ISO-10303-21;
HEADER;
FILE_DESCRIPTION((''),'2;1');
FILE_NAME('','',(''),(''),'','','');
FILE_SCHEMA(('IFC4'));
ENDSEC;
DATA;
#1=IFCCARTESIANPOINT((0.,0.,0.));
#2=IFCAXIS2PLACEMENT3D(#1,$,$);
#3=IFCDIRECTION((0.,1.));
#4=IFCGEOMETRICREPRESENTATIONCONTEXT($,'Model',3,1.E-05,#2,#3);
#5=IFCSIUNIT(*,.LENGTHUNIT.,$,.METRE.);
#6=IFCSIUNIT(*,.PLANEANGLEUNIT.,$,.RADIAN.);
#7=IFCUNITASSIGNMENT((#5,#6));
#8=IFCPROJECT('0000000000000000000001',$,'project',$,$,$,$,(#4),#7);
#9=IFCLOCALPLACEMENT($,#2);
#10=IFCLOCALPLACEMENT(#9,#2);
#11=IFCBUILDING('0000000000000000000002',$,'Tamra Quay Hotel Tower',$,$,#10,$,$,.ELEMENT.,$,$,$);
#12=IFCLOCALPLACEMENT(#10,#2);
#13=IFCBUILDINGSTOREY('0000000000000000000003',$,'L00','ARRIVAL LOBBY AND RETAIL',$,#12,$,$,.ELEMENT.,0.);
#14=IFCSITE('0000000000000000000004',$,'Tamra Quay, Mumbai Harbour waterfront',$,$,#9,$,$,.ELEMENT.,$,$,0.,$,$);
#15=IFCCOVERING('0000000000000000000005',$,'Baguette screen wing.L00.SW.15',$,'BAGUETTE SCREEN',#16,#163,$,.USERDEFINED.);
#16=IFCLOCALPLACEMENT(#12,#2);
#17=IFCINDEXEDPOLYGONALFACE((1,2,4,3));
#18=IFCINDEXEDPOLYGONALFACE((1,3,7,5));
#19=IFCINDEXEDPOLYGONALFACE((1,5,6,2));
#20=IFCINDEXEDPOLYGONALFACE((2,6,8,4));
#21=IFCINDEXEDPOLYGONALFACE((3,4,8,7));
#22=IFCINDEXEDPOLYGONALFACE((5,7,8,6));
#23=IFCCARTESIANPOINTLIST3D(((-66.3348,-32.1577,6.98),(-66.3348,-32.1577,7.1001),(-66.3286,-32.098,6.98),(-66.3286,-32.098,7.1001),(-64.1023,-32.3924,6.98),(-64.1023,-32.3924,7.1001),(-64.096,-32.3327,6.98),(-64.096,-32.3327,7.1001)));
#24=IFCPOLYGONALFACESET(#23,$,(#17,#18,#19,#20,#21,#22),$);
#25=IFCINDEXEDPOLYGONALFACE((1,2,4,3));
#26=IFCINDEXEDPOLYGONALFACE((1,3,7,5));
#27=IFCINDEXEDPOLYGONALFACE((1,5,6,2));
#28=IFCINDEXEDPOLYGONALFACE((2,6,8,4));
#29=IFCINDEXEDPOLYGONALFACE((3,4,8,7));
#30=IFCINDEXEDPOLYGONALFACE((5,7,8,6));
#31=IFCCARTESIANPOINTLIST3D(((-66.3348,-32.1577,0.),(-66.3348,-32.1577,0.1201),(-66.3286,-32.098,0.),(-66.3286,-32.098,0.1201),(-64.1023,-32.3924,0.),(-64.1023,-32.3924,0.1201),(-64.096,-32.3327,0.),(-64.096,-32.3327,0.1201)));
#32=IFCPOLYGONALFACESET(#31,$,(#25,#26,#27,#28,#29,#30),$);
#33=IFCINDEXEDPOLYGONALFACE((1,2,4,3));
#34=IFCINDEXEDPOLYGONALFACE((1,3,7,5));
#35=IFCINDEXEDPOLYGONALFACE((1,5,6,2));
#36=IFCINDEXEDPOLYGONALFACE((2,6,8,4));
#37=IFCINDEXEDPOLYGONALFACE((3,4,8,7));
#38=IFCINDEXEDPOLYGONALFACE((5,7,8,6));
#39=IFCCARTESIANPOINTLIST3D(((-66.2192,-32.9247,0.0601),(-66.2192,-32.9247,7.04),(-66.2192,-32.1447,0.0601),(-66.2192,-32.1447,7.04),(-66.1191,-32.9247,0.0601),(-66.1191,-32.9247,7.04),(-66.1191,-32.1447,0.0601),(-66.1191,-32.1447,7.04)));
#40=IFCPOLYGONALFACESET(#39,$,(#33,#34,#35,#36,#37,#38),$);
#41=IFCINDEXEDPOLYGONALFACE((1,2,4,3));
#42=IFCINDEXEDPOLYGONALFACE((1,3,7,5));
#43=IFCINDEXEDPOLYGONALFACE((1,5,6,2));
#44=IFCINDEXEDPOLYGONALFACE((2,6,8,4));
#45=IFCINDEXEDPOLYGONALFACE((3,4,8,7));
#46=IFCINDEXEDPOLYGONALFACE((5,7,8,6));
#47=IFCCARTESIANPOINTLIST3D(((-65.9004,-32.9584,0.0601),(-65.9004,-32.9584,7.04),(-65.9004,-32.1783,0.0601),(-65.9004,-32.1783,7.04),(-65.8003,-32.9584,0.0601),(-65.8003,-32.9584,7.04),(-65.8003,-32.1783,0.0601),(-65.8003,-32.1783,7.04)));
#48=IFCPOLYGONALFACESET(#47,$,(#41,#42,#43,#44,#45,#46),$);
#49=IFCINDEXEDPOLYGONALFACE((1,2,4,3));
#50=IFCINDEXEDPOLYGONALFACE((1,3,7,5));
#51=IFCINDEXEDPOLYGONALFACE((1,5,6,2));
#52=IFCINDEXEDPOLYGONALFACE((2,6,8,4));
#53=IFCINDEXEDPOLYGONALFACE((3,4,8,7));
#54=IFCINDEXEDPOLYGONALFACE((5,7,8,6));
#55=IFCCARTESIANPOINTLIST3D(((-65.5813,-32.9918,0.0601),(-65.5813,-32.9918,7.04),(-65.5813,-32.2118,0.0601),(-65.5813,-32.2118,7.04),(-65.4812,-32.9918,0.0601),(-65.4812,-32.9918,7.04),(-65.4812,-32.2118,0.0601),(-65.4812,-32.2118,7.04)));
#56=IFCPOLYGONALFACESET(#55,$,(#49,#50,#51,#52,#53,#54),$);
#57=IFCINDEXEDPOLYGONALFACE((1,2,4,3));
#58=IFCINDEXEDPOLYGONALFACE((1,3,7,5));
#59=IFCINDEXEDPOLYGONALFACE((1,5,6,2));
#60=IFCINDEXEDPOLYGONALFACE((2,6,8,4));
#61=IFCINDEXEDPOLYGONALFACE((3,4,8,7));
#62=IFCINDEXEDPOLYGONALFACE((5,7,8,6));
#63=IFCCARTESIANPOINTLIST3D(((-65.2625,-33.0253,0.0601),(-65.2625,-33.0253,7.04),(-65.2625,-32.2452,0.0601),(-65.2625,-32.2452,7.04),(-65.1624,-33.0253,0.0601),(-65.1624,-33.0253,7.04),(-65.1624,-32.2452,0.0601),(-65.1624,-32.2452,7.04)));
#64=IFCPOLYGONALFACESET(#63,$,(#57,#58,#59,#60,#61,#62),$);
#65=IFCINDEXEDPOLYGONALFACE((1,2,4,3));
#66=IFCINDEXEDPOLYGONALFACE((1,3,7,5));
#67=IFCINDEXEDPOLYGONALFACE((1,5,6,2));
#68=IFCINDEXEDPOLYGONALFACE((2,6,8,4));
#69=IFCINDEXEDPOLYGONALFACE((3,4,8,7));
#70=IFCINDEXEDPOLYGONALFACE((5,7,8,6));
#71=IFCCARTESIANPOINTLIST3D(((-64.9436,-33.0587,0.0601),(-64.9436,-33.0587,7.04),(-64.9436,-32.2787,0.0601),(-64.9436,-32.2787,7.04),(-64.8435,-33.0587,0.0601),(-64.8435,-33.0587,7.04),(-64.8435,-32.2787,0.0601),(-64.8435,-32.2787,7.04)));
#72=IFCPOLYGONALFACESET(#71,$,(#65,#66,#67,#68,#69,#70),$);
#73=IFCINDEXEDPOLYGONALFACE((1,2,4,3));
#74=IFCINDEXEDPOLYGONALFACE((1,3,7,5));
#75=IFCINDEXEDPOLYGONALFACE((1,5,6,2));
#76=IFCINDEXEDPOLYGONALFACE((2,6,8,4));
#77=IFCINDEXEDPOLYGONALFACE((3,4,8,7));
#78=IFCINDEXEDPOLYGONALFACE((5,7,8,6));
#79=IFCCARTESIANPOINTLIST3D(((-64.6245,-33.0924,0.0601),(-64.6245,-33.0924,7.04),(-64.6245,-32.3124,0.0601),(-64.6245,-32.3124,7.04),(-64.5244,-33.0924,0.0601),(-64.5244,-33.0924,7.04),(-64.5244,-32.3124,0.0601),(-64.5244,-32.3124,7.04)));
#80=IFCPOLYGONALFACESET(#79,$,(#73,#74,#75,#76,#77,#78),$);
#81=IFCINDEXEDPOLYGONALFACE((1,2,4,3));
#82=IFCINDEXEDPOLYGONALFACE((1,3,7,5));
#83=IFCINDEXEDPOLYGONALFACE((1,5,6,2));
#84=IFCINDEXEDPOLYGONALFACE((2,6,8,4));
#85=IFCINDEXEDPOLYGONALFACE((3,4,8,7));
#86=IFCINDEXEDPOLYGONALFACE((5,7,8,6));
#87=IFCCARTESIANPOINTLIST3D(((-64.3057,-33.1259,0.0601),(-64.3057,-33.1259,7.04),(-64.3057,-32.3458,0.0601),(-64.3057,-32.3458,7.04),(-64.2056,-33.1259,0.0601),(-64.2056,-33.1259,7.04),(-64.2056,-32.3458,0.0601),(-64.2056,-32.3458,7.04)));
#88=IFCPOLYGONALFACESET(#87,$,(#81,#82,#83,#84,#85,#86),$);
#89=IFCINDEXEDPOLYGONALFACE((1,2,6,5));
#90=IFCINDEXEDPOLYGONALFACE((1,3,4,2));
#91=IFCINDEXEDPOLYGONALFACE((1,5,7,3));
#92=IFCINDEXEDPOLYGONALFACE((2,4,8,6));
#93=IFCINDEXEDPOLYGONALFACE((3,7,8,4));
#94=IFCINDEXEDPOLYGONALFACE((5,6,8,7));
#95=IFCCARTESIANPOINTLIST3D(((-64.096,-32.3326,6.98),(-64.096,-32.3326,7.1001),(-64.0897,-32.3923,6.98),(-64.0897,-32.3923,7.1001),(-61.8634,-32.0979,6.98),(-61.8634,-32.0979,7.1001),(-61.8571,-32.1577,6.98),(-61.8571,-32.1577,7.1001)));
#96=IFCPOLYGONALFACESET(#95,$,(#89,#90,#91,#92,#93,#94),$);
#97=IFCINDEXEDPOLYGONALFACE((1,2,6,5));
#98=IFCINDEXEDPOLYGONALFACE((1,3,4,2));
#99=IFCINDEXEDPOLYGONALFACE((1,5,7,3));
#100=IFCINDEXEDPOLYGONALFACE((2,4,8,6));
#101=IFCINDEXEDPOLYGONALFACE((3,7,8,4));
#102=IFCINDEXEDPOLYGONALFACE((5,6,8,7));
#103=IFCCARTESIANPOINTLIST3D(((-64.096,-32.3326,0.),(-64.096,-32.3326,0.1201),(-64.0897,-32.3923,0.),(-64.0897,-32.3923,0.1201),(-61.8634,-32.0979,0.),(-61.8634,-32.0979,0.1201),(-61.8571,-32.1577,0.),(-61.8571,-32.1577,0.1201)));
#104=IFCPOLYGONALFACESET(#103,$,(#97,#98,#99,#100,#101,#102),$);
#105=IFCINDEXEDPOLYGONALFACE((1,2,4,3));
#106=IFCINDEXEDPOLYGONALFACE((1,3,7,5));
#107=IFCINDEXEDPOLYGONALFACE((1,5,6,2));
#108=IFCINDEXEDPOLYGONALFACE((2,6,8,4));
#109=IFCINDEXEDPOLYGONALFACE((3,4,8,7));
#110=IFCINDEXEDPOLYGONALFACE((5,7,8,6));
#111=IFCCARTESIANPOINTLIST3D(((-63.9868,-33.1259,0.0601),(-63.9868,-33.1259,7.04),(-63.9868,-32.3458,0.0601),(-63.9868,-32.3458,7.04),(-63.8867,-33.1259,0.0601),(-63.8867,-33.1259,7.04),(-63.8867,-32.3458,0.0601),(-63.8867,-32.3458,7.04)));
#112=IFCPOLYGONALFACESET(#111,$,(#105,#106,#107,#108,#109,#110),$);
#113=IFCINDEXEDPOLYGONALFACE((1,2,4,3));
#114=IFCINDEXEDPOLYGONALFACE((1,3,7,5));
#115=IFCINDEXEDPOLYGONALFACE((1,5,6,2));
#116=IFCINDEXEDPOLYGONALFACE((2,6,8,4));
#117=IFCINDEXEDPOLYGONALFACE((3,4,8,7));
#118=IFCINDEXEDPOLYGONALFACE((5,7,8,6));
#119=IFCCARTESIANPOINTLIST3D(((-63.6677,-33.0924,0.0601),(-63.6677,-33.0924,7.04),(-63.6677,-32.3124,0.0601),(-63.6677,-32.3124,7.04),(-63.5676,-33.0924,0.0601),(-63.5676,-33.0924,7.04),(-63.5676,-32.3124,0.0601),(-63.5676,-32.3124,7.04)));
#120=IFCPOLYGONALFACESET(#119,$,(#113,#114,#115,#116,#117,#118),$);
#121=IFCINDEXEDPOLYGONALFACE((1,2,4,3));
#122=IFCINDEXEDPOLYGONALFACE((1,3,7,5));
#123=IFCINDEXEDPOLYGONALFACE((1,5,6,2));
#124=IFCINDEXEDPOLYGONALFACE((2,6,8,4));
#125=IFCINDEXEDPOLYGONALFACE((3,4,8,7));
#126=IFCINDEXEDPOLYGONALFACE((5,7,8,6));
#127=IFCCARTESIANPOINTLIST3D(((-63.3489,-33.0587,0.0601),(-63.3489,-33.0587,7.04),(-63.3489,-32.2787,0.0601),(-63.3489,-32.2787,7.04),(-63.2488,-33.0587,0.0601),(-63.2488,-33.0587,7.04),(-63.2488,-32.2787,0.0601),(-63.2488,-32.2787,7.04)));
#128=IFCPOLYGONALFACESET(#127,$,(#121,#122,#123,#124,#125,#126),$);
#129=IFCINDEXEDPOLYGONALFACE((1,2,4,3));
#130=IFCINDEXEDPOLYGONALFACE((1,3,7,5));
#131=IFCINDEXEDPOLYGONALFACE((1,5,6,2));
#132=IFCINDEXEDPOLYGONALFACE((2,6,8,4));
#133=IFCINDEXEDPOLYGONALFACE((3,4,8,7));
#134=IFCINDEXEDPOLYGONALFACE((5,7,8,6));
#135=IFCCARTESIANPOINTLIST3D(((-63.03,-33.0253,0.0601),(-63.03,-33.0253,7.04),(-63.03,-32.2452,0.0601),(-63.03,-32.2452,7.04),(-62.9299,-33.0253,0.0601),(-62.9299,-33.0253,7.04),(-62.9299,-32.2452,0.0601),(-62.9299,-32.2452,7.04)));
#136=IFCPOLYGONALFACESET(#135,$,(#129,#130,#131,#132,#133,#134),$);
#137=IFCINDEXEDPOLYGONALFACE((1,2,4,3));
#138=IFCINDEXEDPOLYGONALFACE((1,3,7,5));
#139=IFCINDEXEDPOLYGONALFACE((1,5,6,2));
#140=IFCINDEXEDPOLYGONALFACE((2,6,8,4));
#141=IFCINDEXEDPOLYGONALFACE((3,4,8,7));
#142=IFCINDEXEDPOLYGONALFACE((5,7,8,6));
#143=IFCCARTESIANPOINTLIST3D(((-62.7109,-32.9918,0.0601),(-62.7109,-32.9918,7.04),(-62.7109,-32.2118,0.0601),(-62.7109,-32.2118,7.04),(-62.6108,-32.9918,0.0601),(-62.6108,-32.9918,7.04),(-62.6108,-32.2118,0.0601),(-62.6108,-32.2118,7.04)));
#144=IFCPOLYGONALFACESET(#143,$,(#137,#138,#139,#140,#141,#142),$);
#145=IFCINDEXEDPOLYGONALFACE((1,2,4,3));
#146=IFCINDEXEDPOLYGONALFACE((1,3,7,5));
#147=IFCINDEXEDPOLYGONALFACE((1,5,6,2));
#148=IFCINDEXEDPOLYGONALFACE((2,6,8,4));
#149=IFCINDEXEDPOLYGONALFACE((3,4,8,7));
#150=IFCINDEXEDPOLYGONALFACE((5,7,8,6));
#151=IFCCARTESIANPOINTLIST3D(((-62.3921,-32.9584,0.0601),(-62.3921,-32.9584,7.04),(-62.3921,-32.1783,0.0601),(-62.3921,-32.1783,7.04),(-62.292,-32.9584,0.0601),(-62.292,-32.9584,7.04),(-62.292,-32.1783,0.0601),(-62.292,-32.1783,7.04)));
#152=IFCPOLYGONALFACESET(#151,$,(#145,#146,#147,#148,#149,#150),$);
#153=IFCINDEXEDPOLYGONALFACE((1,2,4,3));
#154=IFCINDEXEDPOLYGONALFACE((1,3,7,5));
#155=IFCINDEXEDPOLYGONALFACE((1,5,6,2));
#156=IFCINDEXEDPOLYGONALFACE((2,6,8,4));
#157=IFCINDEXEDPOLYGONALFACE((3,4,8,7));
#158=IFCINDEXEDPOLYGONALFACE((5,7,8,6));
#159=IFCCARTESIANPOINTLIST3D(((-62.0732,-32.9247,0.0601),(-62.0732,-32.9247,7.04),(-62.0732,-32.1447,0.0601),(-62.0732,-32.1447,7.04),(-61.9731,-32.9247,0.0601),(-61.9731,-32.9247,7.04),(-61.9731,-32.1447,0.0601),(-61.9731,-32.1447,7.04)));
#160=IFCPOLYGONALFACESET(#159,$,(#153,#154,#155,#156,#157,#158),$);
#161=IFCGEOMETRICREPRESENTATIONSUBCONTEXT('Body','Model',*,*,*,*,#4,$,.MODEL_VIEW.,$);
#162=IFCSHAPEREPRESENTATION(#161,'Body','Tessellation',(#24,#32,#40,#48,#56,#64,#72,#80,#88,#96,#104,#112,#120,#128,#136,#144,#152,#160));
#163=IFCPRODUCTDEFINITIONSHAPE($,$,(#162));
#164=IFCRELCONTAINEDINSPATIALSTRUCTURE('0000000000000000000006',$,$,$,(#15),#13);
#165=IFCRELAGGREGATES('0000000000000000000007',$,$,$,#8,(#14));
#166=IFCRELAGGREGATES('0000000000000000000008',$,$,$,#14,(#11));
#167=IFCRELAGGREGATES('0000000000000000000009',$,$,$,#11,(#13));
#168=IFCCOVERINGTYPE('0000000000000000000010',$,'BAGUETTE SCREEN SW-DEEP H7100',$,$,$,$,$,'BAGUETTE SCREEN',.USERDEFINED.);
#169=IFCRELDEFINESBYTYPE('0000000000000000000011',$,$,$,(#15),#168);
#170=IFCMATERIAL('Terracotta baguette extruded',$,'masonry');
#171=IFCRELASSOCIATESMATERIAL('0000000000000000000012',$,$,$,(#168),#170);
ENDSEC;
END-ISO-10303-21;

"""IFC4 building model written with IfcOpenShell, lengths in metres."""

from ifc_helpers import new_model, si_unit, direction, frame, frame_2d, origin, place, context, subcontext, project, spatial, rectangle, extrude, source, transform, mapped, material, type_object, element, save


model = new_model("IFC4")

# Units and contexts
model_context = context("Model", 3, precision=1e-05, world=origin(), true_north=direction((0.0, 1.0)))
body_context = subcontext(model_context, "Body", "Model", "MODEL_VIEW")
ifc_project = project(units=[si_unit("LENGTHUNIT", "METRE"), si_unit("PLANEANGLEUNIT", "RADIAN")], contexts=[model_context])

# Site, building, storey
site_placement = place(None, origin())
site = spatial("IfcSite", under=ifc_project, at=site_placement, Name="Tamra Quay, Mumbai Harbour waterfront", CompositionType="ELEMENT", RefElevation=0.0)
building_placement = place(site_placement, origin())
building = spatial("IfcBuilding", under=site, at=building_placement, Name="Tamra Quay Hotel Tower", CompositionType="ELEMENT")
storey_placement = place(building_placement, origin())
storey = spatial("IfcBuildingStorey", under=building, at=storey_placement, Name="L00", Description="ARRIVAL LOBBY AND RETAIL", CompositionType="ELEMENT", Elevation=0.0)

# Covering
ifc_material_1 = material(Name="Terracotta baguette extruded", Category="masonry")
covering_type_1 = type_object("IfcCoveringType", Name="BAGUETTE SCREEN SW-DEEP H7100", ElementType="BAGUETTE SCREEN", PredefinedType="USERDEFINED", material=ifc_material_1)
shared_shape_1 = source(origin(), body_context, "Body", "SweptSolid", [
    extrude(rectangle(XDim=2.2449, YDim=0.0601, at=frame_2d((1.1226, 0.03))), frame((-2.2388, -0.0576, -0.1201), z_axis=(0.0, 0.0, 1.0), x_axis=(0.994522, -0.104528, 0.0)), (0.0, 0.0, 1.0), 0.1201),
    extrude(rectangle(XDim=2.2449, YDim=0.0601, at=frame_2d((1.1226, 0.03))), frame((-2.2388, -0.0576, -7.1001), z_axis=(0.0, 0.0, 1.0), x_axis=(0.994522, -0.104528, 0.0)), (0.0, 0.0, 1.0), 0.1201),
    extrude(rectangle(XDim=0.1001, YDim=0.78, at=frame_2d((0.05, 0.3901))), frame((-2.123, -0.8247, -7.04)), (0.0, 0.0, 1.0), 6.98),
    extrude(rectangle(XDim=0.1001, YDim=0.78, at=frame_2d((0.05, 0.3901))), frame((-1.8042, -0.8584, -7.04)), (0.0, 0.0, 1.0), 6.98),
    extrude(rectangle(XDim=0.1001, YDim=0.78, at=frame_2d((0.05, 0.3901))), frame((-1.4851, -0.8918, -7.04)), (0.0, 0.0, 1.0), 6.98),
    extrude(rectangle(XDim=0.1001, YDim=0.78, at=frame_2d((0.05, 0.3901))), frame((-1.1663, -0.9253, -7.04)), (0.0, 0.0, 1.0), 6.98),
    extrude(rectangle(XDim=0.1001, YDim=0.78, at=frame_2d((0.05, 0.3901))), frame((-0.8474, -0.9587, -7.04)), (0.0, 0.0, 1.0), 6.98),
    extrude(rectangle(XDim=0.1001, YDim=0.78, at=frame_2d((0.05, 0.3901))), frame((-0.5283, -0.9924, -7.04)), (0.0, 0.0, 1.0), 6.98),
    extrude(rectangle(XDim=0.1001, YDim=0.78, at=frame_2d((0.05, 0.3901))), frame((-0.2095, -1.0259, -7.04)), (0.0, 0.0, 1.0), 6.98),
    extrude(rectangle(XDim=2.2449, YDim=0.0601, at=frame_2d((1.1226, 0.03))), frame((0.0063, -0.2922, -0.1201), z_axis=(0.0, 0.0, 1.0), x_axis=(0.994522, 0.104528, 0.0)), (0.0, 0.0, 1.0), 0.1201),
    extrude(rectangle(XDim=2.2449, YDim=0.0601, at=frame_2d((1.1226, 0.03))), frame((0.0063, -0.2922, -7.1001), z_axis=(0.0, 0.0, 1.0), x_axis=(0.994522, 0.104528, 0.0)), (0.0, 0.0, 1.0), 0.1201),
    extrude(rectangle(XDim=0.1001, YDim=0.78, at=frame_2d((0.05, 0.3901))), frame((0.1094, -1.0259, -7.04)), (0.0, 0.0, 1.0), 6.98),
    extrude(rectangle(XDim=0.1001, YDim=0.78, at=frame_2d((0.05, 0.3901))), frame((0.4285, -0.9924, -7.04)), (0.0, 0.0, 1.0), 6.98),
    extrude(rectangle(XDim=0.1001, YDim=0.78, at=frame_2d((0.05, 0.3901))), frame((0.7473, -0.9587, -7.04)), (0.0, 0.0, 1.0), 6.98),
    extrude(rectangle(XDim=0.1001, YDim=0.78, at=frame_2d((0.05, 0.3901))), frame((1.0662, -0.9253, -7.04)), (0.0, 0.0, 1.0), 6.98),
    extrude(rectangle(XDim=0.1001, YDim=0.78, at=frame_2d((0.05, 0.3901))), frame((1.3853, -0.8918, -7.04)), (0.0, 0.0, 1.0), 6.98),
    extrude(rectangle(XDim=0.1001, YDim=0.78, at=frame_2d((0.05, 0.3901))), frame((1.7041, -0.8584, -7.04)), (0.0, 0.0, 1.0), 6.98),
    extrude(rectangle(XDim=0.1001, YDim=0.78, at=frame_2d((0.05, 0.3901))), frame((2.0229, -0.8247, -7.04)), (0.0, 0.0, 1.0), 6.98),
])
for number, where, z_axis, x_axis, name in (
    (1, (-64.0962, -32.1001, 7.1001), (0.0, 0.0, 1.0), (1.0, 0.0, 0.0), "Baguette screen wing.L00.SW.15"),
):
    element("IfcCovering", number, at=place(storey_placement, frame(where, z_axis=z_axis, x_axis=x_axis)), inside=storey, type_object=covering_type_1, Name=name, ObjectType="BAGUETTE SCREEN", PredefinedType="USERDEFINED", context=body_context, shape_type="MappedRepresentation", body=[
        mapped(shared_shape_1, transform((0.0, 0.0, 0.0), scale=1.0)),
    ])

save(model, "model.ifc")
